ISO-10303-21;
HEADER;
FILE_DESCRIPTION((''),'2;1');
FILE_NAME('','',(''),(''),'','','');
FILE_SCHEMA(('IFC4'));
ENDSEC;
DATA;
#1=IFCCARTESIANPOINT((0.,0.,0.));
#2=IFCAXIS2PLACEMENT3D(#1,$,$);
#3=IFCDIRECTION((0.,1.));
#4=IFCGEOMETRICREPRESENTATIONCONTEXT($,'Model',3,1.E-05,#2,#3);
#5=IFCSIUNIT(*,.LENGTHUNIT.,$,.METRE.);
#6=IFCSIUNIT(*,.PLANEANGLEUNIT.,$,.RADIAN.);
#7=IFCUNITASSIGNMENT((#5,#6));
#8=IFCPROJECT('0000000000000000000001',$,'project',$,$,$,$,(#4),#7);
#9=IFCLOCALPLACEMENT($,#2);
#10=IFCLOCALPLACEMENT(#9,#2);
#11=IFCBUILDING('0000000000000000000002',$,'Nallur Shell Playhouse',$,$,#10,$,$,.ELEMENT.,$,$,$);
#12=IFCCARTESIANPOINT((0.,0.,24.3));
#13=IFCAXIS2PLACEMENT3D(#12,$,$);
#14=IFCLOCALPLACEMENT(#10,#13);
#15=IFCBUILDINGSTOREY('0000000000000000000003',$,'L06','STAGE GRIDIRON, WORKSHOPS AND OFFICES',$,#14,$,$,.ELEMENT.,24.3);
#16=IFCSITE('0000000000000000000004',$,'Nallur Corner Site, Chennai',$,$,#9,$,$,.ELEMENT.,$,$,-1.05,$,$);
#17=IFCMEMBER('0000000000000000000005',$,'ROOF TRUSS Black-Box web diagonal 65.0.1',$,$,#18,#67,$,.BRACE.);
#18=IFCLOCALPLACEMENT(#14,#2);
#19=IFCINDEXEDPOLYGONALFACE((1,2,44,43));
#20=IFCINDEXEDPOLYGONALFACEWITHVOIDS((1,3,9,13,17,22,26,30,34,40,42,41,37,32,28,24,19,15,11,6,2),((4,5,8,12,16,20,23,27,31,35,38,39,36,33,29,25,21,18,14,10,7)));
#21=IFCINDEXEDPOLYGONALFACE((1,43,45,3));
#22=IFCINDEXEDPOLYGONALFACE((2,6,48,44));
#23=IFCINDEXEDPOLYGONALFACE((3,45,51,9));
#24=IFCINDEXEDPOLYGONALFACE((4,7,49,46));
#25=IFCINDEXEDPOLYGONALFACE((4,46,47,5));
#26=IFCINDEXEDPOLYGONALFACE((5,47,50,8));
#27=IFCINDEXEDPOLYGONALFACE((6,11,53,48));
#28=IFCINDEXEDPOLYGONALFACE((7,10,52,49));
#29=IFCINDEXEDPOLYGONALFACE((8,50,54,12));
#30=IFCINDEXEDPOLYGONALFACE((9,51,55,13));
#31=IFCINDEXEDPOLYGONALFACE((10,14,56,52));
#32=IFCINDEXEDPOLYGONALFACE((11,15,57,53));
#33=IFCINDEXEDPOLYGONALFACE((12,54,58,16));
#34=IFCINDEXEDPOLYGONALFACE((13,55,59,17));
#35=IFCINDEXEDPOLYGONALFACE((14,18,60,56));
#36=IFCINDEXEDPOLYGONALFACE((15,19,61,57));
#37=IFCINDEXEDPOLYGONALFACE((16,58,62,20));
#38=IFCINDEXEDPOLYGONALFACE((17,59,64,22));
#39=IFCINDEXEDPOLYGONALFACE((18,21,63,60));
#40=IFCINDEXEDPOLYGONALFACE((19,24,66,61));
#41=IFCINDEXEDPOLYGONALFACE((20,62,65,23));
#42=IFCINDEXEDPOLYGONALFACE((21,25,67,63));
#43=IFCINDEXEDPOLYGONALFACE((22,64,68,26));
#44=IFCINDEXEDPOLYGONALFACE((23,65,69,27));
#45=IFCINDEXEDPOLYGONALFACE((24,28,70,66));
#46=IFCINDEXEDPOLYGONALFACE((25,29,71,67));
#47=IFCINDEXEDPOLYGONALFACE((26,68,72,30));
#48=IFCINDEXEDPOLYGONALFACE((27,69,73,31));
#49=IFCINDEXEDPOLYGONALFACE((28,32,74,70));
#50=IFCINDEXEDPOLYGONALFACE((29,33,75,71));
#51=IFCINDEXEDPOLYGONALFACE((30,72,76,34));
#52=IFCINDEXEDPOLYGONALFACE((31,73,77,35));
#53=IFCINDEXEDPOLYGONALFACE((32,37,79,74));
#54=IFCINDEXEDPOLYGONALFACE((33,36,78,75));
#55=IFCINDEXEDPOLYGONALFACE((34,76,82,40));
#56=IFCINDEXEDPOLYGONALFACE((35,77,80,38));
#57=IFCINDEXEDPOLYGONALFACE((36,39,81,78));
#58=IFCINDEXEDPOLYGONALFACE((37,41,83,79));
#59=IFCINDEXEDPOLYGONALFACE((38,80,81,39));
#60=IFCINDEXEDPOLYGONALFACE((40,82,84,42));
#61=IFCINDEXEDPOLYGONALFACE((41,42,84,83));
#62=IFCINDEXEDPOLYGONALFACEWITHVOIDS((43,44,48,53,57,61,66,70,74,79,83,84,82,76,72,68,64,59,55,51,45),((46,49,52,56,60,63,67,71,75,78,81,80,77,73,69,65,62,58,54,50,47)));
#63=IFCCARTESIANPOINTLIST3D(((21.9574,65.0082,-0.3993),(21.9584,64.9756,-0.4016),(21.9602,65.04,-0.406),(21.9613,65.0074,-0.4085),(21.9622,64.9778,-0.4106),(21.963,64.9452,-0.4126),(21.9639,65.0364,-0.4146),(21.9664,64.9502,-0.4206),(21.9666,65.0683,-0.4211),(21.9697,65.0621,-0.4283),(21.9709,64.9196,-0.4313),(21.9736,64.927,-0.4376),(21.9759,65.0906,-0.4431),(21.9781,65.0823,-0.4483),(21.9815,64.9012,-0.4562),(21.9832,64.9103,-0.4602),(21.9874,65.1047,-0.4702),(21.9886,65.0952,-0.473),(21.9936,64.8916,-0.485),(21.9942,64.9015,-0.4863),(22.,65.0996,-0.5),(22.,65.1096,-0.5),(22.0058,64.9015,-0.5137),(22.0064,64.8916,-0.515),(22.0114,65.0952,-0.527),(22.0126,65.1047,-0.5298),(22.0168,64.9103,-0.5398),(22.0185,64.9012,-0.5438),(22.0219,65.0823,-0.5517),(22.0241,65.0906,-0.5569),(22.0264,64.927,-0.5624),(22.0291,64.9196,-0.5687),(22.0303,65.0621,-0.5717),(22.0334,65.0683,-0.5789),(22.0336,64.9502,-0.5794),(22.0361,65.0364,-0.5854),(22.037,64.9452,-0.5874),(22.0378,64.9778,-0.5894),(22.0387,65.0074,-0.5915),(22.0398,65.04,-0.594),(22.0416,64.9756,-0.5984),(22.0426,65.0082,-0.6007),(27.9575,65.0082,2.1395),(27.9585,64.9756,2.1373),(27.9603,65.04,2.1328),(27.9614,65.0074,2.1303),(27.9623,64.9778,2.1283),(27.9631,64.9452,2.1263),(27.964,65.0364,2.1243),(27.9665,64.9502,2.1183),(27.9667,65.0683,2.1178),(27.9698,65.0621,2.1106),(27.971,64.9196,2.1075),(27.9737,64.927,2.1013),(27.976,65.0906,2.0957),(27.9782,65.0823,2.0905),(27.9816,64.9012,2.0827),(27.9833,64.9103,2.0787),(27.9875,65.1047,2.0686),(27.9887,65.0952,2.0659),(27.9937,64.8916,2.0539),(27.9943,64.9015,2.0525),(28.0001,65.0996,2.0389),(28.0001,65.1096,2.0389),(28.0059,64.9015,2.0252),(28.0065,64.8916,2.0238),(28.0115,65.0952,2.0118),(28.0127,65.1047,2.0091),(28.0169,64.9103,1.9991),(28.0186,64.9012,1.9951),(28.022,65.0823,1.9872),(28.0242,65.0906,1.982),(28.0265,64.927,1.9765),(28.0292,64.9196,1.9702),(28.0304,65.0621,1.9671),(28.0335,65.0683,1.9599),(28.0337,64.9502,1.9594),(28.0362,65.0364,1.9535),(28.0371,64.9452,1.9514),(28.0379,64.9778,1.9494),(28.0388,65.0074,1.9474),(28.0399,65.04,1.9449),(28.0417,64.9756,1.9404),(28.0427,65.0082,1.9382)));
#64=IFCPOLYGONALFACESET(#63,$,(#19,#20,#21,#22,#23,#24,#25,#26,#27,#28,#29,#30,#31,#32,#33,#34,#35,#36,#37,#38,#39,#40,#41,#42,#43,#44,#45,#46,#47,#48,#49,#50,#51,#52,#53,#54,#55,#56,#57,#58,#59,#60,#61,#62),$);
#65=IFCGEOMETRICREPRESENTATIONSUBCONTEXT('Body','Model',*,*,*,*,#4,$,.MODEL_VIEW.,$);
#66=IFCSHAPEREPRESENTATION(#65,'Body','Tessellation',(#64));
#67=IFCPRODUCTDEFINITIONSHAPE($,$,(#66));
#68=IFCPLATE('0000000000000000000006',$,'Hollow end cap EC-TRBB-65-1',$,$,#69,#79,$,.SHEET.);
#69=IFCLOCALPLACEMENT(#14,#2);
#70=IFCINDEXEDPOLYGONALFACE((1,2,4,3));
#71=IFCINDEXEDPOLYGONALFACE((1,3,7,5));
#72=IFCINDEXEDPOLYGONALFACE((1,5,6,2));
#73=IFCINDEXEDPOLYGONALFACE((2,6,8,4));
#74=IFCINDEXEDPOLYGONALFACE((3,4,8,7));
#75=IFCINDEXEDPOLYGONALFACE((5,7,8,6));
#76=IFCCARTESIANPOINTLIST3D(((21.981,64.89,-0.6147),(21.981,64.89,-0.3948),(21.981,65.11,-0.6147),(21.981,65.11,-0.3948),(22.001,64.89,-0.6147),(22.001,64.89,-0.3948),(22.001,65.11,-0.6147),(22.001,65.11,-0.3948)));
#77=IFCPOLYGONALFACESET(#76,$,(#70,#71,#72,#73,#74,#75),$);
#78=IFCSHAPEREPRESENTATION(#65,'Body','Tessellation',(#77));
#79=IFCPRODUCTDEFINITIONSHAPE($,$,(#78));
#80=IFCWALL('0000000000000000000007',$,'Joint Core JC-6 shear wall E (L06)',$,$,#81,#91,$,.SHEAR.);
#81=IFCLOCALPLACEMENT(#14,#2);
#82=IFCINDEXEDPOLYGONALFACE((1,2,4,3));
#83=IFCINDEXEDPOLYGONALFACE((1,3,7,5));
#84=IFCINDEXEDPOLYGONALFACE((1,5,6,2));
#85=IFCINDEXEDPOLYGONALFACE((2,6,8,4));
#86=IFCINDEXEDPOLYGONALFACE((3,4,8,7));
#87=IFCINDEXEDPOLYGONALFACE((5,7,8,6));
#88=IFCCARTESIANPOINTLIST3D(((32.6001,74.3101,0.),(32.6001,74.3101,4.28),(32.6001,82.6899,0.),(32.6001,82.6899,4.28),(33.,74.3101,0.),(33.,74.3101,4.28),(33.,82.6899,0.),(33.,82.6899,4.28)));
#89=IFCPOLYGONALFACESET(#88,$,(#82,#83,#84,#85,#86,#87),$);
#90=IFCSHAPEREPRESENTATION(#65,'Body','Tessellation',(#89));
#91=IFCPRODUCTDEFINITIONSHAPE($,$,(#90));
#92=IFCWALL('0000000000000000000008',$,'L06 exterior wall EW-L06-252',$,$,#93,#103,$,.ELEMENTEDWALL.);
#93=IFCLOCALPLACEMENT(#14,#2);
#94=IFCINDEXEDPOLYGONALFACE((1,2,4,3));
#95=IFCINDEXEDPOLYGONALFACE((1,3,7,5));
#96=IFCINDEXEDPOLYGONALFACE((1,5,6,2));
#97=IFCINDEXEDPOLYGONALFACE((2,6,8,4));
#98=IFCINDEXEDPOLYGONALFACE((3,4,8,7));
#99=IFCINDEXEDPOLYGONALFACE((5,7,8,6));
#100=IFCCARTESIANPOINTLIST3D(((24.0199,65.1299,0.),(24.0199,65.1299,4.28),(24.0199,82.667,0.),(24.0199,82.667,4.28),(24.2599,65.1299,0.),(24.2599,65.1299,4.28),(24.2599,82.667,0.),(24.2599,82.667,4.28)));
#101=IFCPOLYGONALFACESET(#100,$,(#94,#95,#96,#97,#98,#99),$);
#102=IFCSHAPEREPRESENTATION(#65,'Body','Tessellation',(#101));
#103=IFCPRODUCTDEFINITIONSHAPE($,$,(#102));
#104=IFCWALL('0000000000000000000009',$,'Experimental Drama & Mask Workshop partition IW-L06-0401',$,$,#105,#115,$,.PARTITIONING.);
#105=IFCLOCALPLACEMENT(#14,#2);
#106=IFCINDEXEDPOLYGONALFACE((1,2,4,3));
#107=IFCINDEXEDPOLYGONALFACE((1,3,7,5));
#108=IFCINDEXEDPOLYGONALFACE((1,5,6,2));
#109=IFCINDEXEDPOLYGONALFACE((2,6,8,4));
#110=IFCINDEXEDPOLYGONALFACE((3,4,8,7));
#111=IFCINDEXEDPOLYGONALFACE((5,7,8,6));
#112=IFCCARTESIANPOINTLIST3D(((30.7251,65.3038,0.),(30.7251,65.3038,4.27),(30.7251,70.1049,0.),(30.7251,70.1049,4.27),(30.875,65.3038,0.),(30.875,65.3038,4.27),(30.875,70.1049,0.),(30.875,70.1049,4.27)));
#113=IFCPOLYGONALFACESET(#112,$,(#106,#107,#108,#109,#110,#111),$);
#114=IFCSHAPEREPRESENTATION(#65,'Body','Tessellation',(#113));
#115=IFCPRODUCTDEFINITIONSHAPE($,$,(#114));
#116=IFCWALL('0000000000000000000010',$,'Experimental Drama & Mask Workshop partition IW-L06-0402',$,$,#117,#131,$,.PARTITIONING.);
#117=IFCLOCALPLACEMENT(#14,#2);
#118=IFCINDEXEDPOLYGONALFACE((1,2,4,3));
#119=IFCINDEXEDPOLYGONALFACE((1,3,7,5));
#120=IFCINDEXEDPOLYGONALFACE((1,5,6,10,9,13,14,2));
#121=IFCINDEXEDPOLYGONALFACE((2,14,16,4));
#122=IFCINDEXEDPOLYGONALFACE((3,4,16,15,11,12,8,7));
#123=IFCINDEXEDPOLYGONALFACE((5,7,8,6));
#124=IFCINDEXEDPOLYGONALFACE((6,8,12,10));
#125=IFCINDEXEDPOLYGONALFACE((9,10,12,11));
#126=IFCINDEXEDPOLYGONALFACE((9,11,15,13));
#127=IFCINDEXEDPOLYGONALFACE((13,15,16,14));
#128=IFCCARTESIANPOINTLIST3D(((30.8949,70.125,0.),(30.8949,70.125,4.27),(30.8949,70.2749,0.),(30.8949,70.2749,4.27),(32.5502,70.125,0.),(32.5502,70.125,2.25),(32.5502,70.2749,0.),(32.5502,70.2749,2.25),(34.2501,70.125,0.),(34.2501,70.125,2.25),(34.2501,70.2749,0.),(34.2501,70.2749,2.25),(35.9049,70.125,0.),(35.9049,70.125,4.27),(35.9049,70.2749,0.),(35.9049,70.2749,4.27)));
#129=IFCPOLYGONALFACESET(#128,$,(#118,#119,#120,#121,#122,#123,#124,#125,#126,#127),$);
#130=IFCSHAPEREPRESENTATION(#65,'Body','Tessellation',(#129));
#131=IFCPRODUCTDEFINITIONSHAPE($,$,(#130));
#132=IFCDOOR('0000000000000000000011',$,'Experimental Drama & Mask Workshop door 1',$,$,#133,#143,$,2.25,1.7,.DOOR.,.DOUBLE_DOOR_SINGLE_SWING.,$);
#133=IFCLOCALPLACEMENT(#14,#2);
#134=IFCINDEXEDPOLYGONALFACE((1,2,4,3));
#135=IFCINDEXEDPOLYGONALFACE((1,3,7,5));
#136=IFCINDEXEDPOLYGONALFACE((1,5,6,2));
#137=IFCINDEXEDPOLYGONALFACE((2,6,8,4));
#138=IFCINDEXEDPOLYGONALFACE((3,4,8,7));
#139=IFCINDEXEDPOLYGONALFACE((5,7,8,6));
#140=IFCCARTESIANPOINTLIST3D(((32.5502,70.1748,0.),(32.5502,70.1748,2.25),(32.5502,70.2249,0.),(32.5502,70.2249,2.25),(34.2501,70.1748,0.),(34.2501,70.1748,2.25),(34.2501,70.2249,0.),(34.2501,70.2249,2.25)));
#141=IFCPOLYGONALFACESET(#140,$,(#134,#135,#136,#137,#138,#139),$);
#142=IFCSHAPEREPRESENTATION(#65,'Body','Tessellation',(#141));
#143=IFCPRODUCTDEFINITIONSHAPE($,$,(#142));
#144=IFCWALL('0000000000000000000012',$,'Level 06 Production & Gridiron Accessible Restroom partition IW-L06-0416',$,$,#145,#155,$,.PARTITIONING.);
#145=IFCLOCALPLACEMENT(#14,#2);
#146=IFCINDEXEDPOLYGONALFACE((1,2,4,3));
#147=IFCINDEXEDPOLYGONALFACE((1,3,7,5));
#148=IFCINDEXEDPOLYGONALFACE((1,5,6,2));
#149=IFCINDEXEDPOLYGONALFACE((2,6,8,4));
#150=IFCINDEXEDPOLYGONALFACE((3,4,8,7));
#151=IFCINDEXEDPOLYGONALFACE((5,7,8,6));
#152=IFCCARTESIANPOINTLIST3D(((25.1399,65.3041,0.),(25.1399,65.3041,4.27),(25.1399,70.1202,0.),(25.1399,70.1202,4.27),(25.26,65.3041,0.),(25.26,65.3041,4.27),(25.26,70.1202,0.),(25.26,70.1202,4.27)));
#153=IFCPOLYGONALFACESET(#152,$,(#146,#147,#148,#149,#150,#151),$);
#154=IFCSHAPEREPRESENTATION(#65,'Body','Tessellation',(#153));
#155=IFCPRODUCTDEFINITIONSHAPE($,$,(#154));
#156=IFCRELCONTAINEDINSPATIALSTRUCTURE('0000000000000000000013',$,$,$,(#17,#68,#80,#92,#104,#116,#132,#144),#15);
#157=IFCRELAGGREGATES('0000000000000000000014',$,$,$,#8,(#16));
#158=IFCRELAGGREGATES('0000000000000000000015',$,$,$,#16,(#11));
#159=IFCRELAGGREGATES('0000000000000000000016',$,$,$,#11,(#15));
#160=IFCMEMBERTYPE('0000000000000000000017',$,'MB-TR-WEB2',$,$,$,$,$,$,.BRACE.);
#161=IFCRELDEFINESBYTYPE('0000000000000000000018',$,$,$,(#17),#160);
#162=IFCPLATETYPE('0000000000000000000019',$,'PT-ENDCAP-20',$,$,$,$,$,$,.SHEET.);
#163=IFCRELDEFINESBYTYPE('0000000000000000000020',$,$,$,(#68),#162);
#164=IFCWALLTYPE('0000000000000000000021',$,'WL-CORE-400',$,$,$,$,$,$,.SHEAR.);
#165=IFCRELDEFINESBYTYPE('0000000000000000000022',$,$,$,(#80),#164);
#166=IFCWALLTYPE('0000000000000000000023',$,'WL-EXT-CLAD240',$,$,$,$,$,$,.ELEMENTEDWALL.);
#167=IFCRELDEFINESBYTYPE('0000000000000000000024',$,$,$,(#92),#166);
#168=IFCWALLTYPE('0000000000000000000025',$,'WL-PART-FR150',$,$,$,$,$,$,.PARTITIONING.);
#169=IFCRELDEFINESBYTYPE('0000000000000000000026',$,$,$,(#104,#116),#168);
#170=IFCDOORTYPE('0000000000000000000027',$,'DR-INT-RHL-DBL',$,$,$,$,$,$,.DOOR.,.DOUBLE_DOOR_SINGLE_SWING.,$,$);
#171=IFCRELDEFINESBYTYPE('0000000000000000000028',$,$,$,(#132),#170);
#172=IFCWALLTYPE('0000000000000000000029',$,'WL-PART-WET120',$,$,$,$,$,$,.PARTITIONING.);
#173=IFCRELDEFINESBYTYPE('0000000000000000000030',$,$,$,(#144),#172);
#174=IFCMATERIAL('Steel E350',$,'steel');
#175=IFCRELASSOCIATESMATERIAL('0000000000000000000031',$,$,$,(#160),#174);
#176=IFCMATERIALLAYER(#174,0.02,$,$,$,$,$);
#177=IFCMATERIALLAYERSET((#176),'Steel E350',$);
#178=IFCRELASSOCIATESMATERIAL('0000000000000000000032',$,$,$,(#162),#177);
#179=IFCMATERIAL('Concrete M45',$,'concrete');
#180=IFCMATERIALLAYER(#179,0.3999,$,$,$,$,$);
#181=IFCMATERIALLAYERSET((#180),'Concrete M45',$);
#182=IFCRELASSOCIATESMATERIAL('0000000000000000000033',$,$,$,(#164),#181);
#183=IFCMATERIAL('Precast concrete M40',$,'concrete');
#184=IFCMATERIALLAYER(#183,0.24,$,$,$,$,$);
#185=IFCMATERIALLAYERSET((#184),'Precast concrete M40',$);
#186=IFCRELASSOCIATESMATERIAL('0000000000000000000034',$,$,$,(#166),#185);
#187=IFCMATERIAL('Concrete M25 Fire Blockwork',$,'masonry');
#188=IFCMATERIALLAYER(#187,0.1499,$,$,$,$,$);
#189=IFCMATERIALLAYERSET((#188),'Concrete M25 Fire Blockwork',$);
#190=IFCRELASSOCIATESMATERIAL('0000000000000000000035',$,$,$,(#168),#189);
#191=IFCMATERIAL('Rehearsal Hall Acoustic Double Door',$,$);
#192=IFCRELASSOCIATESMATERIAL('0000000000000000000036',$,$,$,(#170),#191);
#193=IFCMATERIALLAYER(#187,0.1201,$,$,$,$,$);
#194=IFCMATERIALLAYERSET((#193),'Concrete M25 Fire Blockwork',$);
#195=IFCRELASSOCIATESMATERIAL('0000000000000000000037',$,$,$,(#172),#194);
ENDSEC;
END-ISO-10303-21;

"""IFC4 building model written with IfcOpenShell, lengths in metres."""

from ifc_helpers import new_model, si_unit, direction, frame, frame_2d, origin, origin_2d, place, context, subcontext, project, spatial, rectangle, hollow_circle, extrude, material, layer, layer_set, material_profile, profile_set, type_object, element, fill, save


model = new_model("IFC4")

# Units and contexts
model_context = context("Model", 3, precision=1e-05, world=origin(), true_north=direction((0.0, 1.0)))
body_context = subcontext(model_context, "Body", "Model", "MODEL_VIEW")
ifc_project = project(units=[si_unit("LENGTHUNIT", "METRE"), si_unit("PLANEANGLEUNIT", "RADIAN")], contexts=[model_context])

# Site, building, storey
site_placement = place(None, origin())
site = spatial("IfcSite", under=ifc_project, at=site_placement, Name="Nallur Corner Site, Chennai", CompositionType="ELEMENT", RefElevation=-1.05)
building_placement = place(site_placement, origin())
building = spatial("IfcBuilding", under=site, at=building_placement, Name="Nallur Shell Playhouse", CompositionType="ELEMENT")
storey_placement = place(building_placement, frame((0.0, 0.0, 24.3)))
storey = spatial("IfcBuildingStorey", under=building, at=storey_placement, Name="L06", Description="STAGE GRIDIRON, WORKSHOPS AND OFFICES", CompositionType="ELEMENT", Elevation=24.3)

# Shared definitions
ifc_material_1 = material(Name="Steel E350", Category="steel")

# Member
ifc_material_profile_1 = material_profile(ifc_material_1, hollow_circle(Radius=0.1096, WallThickness=0.01, at=origin_2d()), Name="CHS 219.1x10")
ifc_profile_set_1 = profile_set([ifc_material_profile_1], Name="Steel E350")
member_type_1 = type_object("IfcMemberType", Name="MB-TR-WEB2", PredefinedType="BRACE", material=ifc_profile_set_1)
member_placement = place(storey_placement, frame((22.0, 65.0, -0.5), z_axis=(0.920948, 0.0, 0.389686), x_axis=(0.0, 1.0, 0.0)))
element("IfcMember", 1, at=member_placement, inside=storey, type_object=member_type_1, Name="ROOF TRUSS Black-Box web diagonal 65.0.1", PredefinedType="BRACE", context=body_context, shape_type="SweptSolid", body=[
    extrude(hollow_circle(Radius=0.1096, WallThickness=0.01, at=origin_2d()), origin(), (0.0, 0.0, 1.0), 6.5151),
])

# Plate
ifc_layer_1 = layer(ifc_material_1, 0.02)
ifc_layer_set_1 = layer_set([ifc_layer_1], Name="Steel E350")
plate_type = type_object("IfcPlateType", Name="PT-ENDCAP-20", PredefinedType="SHEET", material=ifc_layer_set_1)
plate_placement = place(storey_placement, frame((21.991, 65.0, -0.6147), z_axis=(0.0, 0.0, 1.0), x_axis=(1.0, 0.0, 0.0)))
element("IfcPlate", 2, at=plate_placement, inside=storey, type_object=plate_type, Name="Hollow end cap EC-TRBB-65-1", PredefinedType="SHEET", context=body_context, shape_type="SweptSolid", body=[
    extrude(rectangle(XDim=0.02, YDim=0.22, at=origin_2d()), origin(), (0.0, 0.0, 1.0), 0.22),
])

# Shared definitions
ifc_material_2 = material(Name="Concrete M45", Category="concrete")
ifc_layer_2 = layer(ifc_material_2, 0.3999)
ifc_layer_set_2 = layer_set([ifc_layer_2], Name="Concrete M45")
wall_type_1 = type_object("IfcWallType", Name="WL-CORE-400", PredefinedType="SHEAR", material=ifc_layer_set_2)

# Walls
wall_1_placement = place(storey_placement, frame((32.8, 74.3101, 0.0), z_axis=(0.0, 0.0, 1.0), x_axis=(0.0, 1.0, 0.0)))
element("IfcWall", 3, at=wall_1_placement, inside=storey, type_object=wall_type_1, Name="Joint Core JC-6 shear wall E (L06)", PredefinedType="SHEAR", context=body_context, shape_type="SweptSolid", body=[
    extrude(rectangle(XDim=8.3799, YDim=0.3999, at=frame_2d((4.1899, 0.0))), origin(), (0.0, 0.0, 1.0), 4.28),
])
ifc_material_3 = material(Name="Precast concrete M40", Category="concrete")
ifc_layer_3 = layer(ifc_material_3, 0.24)
ifc_layer_set_3 = layer_set([ifc_layer_3], Name="Precast concrete M40")
wall_type_2 = type_object("IfcWallType", Name="WL-EXT-CLAD240", PredefinedType="ELEMENTEDWALL", material=ifc_layer_set_3)
wall_2_placement = place(storey_placement, frame((24.1399, 65.1299, 0.0), z_axis=(0.0, 0.0, 1.0), x_axis=(0.0, 1.0, 0.0)))
element("IfcWall", 4, at=wall_2_placement, inside=storey, type_object=wall_type_2, Name="L06 exterior wall EW-L06-252", PredefinedType="ELEMENTEDWALL", context=body_context, shape_type="SweptSolid", body=[
    extrude(rectangle(XDim=17.5371, YDim=0.24, at=frame_2d((8.7686, 0.0))), origin(), (0.0, 0.0, 1.0), 4.28),
])
ifc_material_4 = material(Name="Concrete M25 Fire Blockwork", Category="masonry")
ifc_layer_4 = layer(ifc_material_4, 0.1499)
ifc_layer_set_4 = layer_set([ifc_layer_4], Name="Concrete M25 Fire Blockwork")
wall_type_3 = type_object("IfcWallType", Name="WL-PART-FR150", PredefinedType="PARTITIONING", material=ifc_layer_set_4)
wall_3_placement = place(storey_placement, frame((30.8, 65.304, 0.0), z_axis=(0.0, 0.0, 1.0), x_axis=(0.0, 1.0, 0.0)))
element("IfcWall", 5, at=wall_3_placement, inside=storey, type_object=wall_type_3, Name="Experimental Drama & Mask Workshop partition IW-L06-0401", PredefinedType="PARTITIONING", context=body_context, shape_type="SweptSolid", body=[
    extrude(rectangle(XDim=4.801, YDim=0.1499, at=frame_2d((2.4004, 0.0))), origin(), (0.0, 0.0, 1.0), 4.27),
])

# Wall, opening, door
wall_4_placement = place(storey_placement, frame((30.895, 70.2, 0.0), z_axis=(0.0, 0.0, 1.0), x_axis=(1.0, 0.0, 0.0)))
wall_4 = element("IfcWall", 6, at=wall_4_placement, inside=storey, type_object=wall_type_3, Name="Experimental Drama & Mask Workshop partition IW-L06-0402", PredefinedType="PARTITIONING", context=body_context, shape_type="SweptSolid", body=[
    extrude(rectangle(XDim=5.01, YDim=0.1499, at=frame_2d((2.5049, 0.0))), origin(), (0.0, 0.0, 1.0), 4.27),
])
opening_1_placement = place(wall_4_placement, frame((1.655, 0.0, 0.0)))
opening_1 = element("IfcOpeningElement", 7, at=opening_1_placement, cuts=wall_4, PredefinedType="OPENING", context=body_context, shape_type="SweptSolid", body=[
    extrude(rectangle(XDim=1.7, YDim=2.25, at=frame_2d((0.8501, 1.125))), frame((0.0, 0.085, 0.0), z_axis=(0.0, -1.0, 0.0), x_axis=(1.0, 0.0, 0.0)), (0.0, 0.0, 1.0), 0.1699),
])
ifc_material_5 = material(Name="Rehearsal Hall Acoustic Double Door")
door_type_1 = type_object("IfcDoorType", Name="DR-INT-RHL-DBL", OperationType="DOUBLE_DOOR_SINGLE_SWING", PredefinedType="DOOR", material=ifc_material_5)
door_1_placement = place(opening_1_placement, origin())
door_1 = element("IfcDoor", 8, at=door_1_placement, inside=storey, type_object=door_type_1, Name="Experimental Drama & Mask Workshop door 1", OperationType="DOUBLE_DOOR_SINGLE_SWING", OverallHeight=2.25, OverallWidth=1.7, PredefinedType="DOOR", context=body_context, shape_type="SweptSolid", body=[
    extrude(rectangle(XDim=1.7, YDim=2.25, at=frame_2d((0.8501, 1.125))), frame((0.0, 0.0249, 0.0), z_axis=(0.0, -1.0, 0.0), x_axis=(1.0, 0.0, 0.0)), (0.0, 0.0, 1.0), 0.05),
])
fill(opening_1, door_1)

# Wall
ifc_layer_5 = layer(ifc_material_4, 0.1201)
ifc_layer_set_5 = layer_set([ifc_layer_5], Name="Concrete M25 Fire Blockwork")
wall_type_4 = type_object("IfcWallType", Name="WL-PART-WET120", PredefinedType="PARTITIONING", material=ifc_layer_set_5)
wall_5_placement = place(storey_placement, frame((25.2, 65.304, 0.0), z_axis=(0.0, 0.0, 1.0), x_axis=(0.0, 1.0, 0.0)))
element("IfcWall", 9, at=wall_5_placement, inside=storey, type_object=wall_type_4, Name="Level 06 Production & Gridiron Accessible Restroom partition IW-L06-0416", PredefinedType="PARTITIONING", context=body_context, shape_type="SweptSolid", body=[
    extrude(rectangle(XDim=4.8162, YDim=0.1201, at=frame_2d((2.4082, 0.0))), origin(), (0.0, 0.0, 1.0), 4.27),
])

save(model, "model.ifc")
